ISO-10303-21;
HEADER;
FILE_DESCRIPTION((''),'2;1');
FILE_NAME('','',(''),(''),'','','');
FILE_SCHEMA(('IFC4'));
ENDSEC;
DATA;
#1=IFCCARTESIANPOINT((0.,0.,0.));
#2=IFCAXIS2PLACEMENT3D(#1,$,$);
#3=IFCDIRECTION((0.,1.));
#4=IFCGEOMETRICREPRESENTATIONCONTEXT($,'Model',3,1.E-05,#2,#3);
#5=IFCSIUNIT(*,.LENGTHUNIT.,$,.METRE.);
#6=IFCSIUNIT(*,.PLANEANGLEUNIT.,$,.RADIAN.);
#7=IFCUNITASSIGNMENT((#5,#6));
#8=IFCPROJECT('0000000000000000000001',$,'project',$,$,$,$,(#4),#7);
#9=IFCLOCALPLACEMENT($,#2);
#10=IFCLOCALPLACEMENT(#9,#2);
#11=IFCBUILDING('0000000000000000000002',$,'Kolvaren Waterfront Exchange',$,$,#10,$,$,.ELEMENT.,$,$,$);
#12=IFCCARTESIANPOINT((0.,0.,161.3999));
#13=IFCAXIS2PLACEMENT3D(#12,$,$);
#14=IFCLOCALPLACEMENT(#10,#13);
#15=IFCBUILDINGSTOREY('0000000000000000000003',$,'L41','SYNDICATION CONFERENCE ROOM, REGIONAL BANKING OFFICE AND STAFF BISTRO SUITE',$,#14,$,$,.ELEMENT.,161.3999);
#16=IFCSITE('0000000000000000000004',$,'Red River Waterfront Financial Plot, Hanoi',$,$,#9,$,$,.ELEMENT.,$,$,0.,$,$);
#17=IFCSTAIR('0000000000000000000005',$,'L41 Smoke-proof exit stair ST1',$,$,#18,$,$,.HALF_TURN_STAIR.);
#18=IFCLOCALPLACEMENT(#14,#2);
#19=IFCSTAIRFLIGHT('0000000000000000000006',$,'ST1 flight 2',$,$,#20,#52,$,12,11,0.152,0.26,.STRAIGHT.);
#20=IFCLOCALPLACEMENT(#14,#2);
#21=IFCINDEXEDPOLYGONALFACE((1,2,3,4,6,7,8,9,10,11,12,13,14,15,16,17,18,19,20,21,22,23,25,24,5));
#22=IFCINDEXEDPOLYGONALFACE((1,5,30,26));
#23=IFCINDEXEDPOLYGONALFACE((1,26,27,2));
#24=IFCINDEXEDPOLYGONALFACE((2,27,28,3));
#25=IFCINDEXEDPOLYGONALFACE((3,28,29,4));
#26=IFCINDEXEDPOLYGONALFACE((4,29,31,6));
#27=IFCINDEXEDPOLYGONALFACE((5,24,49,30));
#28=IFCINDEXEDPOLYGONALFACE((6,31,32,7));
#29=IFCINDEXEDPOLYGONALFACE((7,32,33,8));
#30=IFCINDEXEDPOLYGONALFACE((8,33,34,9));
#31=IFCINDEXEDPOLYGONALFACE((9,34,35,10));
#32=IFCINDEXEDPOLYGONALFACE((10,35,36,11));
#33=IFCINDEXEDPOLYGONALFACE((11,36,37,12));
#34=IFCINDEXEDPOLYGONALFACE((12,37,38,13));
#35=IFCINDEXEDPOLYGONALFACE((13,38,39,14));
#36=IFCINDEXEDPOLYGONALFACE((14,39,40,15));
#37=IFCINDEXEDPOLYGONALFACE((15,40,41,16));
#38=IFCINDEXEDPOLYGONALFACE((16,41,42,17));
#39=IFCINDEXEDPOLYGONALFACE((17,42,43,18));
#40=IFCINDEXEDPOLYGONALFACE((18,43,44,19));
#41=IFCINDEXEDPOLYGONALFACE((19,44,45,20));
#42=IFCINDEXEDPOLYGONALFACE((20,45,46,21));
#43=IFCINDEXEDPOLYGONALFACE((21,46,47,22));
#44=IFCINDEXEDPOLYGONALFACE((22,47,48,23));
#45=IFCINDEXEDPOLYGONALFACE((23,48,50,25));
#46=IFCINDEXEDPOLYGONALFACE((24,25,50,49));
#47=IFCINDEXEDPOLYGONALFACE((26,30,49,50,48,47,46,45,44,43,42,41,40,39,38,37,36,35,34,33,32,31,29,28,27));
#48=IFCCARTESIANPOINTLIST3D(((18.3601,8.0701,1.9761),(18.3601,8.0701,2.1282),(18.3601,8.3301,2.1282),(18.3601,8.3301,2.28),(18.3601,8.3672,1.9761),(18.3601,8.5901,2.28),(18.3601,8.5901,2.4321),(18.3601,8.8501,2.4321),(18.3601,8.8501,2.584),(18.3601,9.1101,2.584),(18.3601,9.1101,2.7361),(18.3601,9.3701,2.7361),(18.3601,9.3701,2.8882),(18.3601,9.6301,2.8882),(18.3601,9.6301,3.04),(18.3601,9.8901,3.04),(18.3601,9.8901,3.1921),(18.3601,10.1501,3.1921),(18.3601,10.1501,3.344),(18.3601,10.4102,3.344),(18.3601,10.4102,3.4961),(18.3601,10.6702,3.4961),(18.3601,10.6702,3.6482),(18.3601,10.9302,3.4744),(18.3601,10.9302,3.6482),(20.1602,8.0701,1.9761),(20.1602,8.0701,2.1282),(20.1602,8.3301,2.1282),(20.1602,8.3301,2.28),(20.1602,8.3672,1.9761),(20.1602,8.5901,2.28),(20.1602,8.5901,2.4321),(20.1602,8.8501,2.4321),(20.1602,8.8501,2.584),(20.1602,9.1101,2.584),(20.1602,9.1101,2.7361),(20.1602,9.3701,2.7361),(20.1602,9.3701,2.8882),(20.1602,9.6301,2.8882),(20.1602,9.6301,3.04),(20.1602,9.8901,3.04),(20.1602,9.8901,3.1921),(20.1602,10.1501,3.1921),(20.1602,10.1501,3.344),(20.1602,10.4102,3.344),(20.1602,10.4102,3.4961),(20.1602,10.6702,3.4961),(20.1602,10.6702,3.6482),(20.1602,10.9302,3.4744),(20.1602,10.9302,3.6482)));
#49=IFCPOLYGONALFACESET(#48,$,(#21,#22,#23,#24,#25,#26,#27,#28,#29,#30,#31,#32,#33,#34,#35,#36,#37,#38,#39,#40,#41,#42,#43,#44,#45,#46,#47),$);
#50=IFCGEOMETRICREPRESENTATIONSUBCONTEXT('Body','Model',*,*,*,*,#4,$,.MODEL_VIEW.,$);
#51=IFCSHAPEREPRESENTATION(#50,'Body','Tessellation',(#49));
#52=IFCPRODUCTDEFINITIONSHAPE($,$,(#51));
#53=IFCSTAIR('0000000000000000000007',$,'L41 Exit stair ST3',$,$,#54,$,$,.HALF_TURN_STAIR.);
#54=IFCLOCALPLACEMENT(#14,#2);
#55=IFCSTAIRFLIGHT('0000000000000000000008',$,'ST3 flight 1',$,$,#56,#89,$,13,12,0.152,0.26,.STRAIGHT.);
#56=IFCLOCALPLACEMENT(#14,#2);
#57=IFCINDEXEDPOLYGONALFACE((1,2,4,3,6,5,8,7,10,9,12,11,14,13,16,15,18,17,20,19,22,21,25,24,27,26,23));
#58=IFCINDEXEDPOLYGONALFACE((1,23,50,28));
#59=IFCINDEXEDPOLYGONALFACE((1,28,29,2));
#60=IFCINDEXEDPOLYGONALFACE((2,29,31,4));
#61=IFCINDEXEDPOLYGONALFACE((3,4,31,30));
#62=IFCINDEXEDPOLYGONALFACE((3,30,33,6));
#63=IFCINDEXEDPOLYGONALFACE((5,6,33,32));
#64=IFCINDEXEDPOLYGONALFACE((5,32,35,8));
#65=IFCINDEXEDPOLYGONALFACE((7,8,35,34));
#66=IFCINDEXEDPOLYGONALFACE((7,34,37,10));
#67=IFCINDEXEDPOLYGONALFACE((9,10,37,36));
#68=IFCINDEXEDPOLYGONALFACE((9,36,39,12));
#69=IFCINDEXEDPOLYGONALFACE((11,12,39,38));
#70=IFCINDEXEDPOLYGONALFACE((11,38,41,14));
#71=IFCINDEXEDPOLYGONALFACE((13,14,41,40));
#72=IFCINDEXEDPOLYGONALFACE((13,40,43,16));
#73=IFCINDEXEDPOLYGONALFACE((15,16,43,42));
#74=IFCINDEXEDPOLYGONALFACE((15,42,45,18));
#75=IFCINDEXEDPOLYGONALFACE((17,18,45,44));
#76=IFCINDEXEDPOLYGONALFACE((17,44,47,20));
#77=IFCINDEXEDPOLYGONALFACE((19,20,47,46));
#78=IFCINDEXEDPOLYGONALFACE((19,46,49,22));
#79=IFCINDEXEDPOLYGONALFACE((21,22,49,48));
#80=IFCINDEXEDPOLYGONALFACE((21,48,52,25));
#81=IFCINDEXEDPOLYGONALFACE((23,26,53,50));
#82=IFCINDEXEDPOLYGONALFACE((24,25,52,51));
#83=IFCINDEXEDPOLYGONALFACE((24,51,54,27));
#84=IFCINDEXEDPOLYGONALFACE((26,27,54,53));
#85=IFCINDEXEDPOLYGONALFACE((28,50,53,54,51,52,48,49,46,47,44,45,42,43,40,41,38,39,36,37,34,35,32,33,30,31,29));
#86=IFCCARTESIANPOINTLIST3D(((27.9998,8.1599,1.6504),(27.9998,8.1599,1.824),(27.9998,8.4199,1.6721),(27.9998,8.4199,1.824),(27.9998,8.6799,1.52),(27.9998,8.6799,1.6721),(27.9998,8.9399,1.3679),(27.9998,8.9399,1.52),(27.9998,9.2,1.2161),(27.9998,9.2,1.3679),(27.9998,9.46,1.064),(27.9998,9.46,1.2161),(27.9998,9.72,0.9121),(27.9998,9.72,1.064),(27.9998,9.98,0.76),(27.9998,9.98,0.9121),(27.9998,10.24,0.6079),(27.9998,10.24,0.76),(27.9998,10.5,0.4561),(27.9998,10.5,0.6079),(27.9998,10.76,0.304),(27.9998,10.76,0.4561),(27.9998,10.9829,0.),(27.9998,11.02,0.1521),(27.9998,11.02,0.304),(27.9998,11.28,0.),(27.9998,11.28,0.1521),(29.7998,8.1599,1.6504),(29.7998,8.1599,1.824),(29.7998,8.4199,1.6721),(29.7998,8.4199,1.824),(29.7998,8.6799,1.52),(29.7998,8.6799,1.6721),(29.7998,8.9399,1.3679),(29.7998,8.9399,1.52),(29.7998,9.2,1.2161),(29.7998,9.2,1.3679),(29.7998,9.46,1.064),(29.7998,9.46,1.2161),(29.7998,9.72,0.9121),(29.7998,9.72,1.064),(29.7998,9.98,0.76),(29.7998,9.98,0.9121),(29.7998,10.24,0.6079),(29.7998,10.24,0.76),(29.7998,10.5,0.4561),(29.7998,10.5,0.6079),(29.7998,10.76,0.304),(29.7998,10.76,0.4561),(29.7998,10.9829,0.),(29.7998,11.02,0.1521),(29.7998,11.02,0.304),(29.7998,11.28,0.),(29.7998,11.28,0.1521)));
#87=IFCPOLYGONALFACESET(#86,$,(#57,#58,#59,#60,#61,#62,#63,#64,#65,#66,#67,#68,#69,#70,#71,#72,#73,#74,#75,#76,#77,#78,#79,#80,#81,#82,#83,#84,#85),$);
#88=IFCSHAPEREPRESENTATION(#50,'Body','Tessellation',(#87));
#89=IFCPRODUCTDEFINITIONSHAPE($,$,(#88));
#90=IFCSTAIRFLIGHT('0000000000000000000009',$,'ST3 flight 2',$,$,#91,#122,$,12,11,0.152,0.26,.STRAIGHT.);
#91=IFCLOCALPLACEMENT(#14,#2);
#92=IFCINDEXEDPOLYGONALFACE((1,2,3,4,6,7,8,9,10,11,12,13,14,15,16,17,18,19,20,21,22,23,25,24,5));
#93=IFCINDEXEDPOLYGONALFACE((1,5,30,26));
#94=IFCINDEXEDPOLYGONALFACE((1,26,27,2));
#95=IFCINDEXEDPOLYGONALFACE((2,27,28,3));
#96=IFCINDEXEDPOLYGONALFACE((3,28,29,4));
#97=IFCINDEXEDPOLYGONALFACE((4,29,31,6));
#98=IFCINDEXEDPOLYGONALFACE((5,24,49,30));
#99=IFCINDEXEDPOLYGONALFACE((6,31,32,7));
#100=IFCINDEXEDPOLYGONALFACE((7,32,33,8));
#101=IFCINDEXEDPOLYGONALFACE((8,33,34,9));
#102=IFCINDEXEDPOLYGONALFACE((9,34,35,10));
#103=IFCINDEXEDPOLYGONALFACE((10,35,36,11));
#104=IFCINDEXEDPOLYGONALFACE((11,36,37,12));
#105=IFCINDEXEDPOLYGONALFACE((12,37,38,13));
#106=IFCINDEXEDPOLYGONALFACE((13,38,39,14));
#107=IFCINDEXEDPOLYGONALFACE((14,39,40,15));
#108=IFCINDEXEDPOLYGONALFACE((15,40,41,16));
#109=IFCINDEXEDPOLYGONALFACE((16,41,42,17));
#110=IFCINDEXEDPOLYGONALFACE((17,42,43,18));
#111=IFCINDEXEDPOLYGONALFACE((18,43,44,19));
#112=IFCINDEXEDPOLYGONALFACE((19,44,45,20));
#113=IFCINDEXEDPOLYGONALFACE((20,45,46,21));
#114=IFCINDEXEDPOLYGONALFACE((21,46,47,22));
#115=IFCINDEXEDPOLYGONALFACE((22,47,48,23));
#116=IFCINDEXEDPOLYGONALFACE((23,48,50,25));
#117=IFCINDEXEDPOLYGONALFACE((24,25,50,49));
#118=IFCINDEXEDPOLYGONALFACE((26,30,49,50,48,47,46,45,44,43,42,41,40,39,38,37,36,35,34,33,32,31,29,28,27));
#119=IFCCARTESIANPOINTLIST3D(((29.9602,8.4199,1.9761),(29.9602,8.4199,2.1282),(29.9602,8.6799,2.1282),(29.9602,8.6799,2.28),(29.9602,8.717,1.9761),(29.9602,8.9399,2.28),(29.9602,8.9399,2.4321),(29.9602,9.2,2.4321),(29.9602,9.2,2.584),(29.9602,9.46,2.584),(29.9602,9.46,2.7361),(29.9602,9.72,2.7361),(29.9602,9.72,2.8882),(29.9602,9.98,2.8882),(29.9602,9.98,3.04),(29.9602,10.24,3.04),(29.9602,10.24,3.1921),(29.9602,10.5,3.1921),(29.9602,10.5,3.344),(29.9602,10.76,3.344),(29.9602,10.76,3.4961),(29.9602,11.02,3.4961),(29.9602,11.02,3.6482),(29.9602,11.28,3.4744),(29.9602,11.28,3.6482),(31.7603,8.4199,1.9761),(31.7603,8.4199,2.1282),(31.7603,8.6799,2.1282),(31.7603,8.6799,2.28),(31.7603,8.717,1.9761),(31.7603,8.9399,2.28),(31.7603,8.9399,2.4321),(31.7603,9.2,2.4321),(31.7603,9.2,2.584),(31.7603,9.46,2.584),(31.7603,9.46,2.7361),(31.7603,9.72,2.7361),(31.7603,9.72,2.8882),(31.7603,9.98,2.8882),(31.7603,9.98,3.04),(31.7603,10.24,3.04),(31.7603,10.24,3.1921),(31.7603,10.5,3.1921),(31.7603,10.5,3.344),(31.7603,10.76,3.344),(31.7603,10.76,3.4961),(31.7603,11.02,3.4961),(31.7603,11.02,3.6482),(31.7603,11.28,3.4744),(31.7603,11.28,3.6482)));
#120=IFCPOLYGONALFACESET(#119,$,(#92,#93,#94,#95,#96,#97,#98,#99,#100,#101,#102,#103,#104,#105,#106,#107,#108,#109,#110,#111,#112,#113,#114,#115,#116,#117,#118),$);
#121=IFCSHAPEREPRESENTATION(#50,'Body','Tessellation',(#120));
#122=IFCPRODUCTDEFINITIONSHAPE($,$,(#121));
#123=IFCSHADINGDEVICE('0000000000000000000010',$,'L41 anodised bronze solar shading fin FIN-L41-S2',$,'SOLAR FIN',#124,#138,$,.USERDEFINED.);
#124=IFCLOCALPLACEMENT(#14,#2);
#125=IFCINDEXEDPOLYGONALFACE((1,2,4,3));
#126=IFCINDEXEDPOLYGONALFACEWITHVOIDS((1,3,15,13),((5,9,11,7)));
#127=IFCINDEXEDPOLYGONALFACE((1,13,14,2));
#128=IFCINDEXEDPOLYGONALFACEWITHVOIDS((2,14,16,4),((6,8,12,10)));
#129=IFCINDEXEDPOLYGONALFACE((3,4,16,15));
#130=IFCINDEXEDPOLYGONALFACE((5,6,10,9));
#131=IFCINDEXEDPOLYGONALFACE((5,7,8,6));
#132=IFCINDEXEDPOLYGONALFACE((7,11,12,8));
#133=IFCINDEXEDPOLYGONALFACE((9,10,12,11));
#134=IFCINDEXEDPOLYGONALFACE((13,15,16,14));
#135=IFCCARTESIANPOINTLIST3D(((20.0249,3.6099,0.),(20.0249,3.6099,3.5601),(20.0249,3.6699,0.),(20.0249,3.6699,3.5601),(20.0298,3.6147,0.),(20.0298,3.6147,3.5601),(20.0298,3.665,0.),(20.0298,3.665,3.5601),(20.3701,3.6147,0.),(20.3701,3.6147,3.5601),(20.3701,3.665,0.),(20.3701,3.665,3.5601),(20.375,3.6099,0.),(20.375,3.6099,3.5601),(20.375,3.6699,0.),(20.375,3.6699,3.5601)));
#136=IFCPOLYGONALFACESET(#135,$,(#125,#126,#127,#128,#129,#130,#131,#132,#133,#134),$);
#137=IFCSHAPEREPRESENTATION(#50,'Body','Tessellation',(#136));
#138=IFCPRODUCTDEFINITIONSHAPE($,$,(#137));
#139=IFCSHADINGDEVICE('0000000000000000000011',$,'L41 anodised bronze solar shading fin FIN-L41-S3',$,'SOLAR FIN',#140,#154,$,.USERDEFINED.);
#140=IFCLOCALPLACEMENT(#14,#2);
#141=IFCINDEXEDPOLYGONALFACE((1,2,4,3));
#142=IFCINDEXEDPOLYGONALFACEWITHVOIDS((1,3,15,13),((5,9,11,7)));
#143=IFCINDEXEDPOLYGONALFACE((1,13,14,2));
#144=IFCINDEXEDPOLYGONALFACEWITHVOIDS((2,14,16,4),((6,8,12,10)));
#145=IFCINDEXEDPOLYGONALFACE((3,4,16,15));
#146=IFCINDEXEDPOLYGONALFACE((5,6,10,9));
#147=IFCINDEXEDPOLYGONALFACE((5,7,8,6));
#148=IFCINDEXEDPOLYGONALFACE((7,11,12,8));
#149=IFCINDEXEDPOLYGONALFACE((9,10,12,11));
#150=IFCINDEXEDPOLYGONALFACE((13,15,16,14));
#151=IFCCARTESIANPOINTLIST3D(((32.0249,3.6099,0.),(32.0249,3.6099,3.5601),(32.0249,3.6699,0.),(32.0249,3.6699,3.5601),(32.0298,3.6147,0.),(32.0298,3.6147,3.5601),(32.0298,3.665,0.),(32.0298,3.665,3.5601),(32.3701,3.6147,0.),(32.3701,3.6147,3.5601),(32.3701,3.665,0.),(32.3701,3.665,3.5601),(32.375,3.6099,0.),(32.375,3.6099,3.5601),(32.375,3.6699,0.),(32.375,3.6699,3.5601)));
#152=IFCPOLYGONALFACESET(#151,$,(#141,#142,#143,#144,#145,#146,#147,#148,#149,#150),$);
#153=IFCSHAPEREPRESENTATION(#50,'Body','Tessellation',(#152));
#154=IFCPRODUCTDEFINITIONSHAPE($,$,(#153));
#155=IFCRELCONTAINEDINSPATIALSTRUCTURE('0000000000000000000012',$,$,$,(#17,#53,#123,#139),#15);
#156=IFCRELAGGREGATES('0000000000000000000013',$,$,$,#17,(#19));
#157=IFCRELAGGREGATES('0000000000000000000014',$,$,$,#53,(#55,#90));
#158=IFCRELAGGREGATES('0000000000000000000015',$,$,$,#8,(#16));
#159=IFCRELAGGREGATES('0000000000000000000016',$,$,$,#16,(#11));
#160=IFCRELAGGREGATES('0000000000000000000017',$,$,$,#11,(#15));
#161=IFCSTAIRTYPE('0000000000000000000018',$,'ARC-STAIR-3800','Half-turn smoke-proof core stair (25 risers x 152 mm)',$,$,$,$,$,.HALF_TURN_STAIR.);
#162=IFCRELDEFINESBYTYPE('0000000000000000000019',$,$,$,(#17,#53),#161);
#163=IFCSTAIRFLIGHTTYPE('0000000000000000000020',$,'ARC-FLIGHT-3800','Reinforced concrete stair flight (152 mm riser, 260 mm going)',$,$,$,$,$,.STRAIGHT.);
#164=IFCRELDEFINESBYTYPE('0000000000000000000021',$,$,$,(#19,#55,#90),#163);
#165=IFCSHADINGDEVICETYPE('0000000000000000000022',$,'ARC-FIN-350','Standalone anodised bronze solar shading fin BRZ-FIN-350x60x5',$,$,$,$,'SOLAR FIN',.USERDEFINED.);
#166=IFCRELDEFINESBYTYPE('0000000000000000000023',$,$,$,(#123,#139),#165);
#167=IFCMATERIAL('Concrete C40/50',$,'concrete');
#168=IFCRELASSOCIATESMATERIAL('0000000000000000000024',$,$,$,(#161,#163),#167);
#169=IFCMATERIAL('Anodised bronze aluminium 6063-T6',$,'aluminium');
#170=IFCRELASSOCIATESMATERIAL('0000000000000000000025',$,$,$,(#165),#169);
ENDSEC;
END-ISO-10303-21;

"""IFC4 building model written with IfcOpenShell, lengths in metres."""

from ifc_helpers import new_model, si_unit, direction, frame, origin, origin_2d, place, context, subcontext, project, spatial, polyline, hollow_rectangle, outline, extrude, material, material_profile, profile_set, type_object, element, aggregate, save


model = new_model("IFC4")

# Units and contexts
model_context = context("Model", 3, precision=1e-05, world=origin(), true_north=direction((0.0, 1.0)))
body_context = subcontext(model_context, "Body", "Model", "MODEL_VIEW")
ifc_project = project(units=[si_unit("LENGTHUNIT", "METRE"), si_unit("PLANEANGLEUNIT", "RADIAN")], contexts=[model_context])

# Site, building, storey
site_placement = place(None, origin())
site = spatial("IfcSite", under=ifc_project, at=site_placement, Name="Red River Waterfront Financial Plot, Hanoi", CompositionType="ELEMENT", RefElevation=0.0)
building_placement = place(site_placement, origin())
building = spatial("IfcBuilding", under=site, at=building_placement, Name="Kolvaren Waterfront Exchange", CompositionType="ELEMENT")
storey_placement = place(building_placement, frame((0.0, 0.0, 161.3999)))
storey = spatial("IfcBuildingStorey", under=building, at=storey_placement, Name="L41", Description="SYNDICATION CONFERENCE ROOM, REGIONAL BANKING OFFICE AND STAFF BISTRO SUITE", CompositionType="ELEMENT", Elevation=161.3999)

# Shared definitions
ifc_material_1 = material(Name="Anodised bronze aluminium 6063-T6", Category="aluminium")

# Shared definitions
ifc_material_2 = material(Name="Concrete C40/50", Category="concrete")

# Stair, stair flight
stair_type = type_object("IfcStairType", Name="ARC-STAIR-3800", Description="Half-turn smoke-proof core stair (25 risers x 152 mm)", PredefinedType="HALF_TURN_STAIR", material=ifc_material_2)
stair_1_placement = place(storey_placement, origin())
stair_1 = element("IfcStair", 1, at=stair_1_placement, inside=storey, type_object=stair_type, Name="L41 Smoke-proof exit stair ST1", PredefinedType="HALF_TURN_STAIR")
stair_flight_type = type_object("IfcStairFlightType", Name="ARC-FLIGHT-3800", Description="Reinforced concrete stair flight (152 mm riser, 260 mm going)", PredefinedType="STRAIGHT", material=ifc_material_2)
stair_flight_1_placement = place(storey_placement, frame((19.26, 8.0701, 1.9761), z_axis=(0.0, 0.0, 1.0), x_axis=(0.0, 1.0, 0.0)))
stair_flight_1 = element("IfcStairFlight", 2, at=stair_flight_1_placement, type_object=stair_flight_type, Name="ST1 flight 2", NumberOfRisers=12, NumberOfTreads=11, PredefinedType="STRAIGHT", RiserHeight=0.152, TreadLength=0.26, context=body_context, shape_type="SweptSolid", body=[
    extrude(outline(polyline([(0.0, 0.0), (0.0, 0.1521), (0.26, 0.1521), (0.26, 0.304), (0.52, 0.304), (0.52, 0.4561), (0.78, 0.4561), (0.78, 0.6079), (1.04, 0.6079), (1.04, 0.76), (1.3, 0.76), (1.3, 0.9121), (1.5601, 0.9121), (1.5601, 1.064), (1.8201, 1.064), (1.8201, 1.2161), (2.0801, 1.2161), (2.0801, 1.3679), (2.3401, 1.3679), (2.3401, 1.52), (2.6001, 1.52), (2.6001, 1.6721), (2.8601, 1.6721), (2.8601, 1.824), (2.8601, 1.4983), (0.2971, 0.0), (0.0, 0.0)])), frame((0.0, 0.8999, 0.0), z_axis=(0.0, -1.0, 0.0), x_axis=(1.0, 0.0, 0.0)), (0.0, 0.0, 1.0), 1.8),
])
aggregate(stair_1, [stair_flight_1])

# Stair, stair flights
stair_2_placement = place(storey_placement, origin())
stair_2 = element("IfcStair", 3, at=stair_2_placement, inside=storey, type_object=stair_type, Name="L41 Exit stair ST3", PredefinedType="HALF_TURN_STAIR")
stair_flight_2_placement = place(storey_placement, frame((28.8999, 11.28, 0.0), z_axis=(0.0, 0.0, 1.0), x_axis=(0.0, -1.0, 0.0)))
stair_flight_2 = element("IfcStairFlight", 4, at=stair_flight_2_placement, type_object=stair_flight_type, Name="ST3 flight 1", NumberOfRisers=13, NumberOfTreads=12, PredefinedType="STRAIGHT", RiserHeight=0.152, TreadLength=0.26, context=body_context, shape_type="SweptSolid", body=[
    extrude(outline(polyline([(0.0, 0.0), (0.0, 0.1521), (0.26, 0.1521), (0.26, 0.304), (0.52, 0.304), (0.52, 0.4561), (0.78, 0.4561), (0.78, 0.6079), (1.04, 0.6079), (1.04, 0.76), (1.3, 0.76), (1.3, 0.9121), (1.5601, 0.9121), (1.5601, 1.064), (1.8201, 1.064), (1.8201, 1.2161), (2.0801, 1.2161), (2.0801, 1.3679), (2.3401, 1.3679), (2.3401, 1.52), (2.6001, 1.52), (2.6001, 1.6721), (2.8601, 1.6721), (2.8601, 1.824), (3.1201, 1.824), (3.1201, 1.9761), (3.1201, 1.6504), (0.2971, 0.0), (0.0, 0.0)])), frame((0.0, 0.8999, 0.0), z_axis=(0.0, -1.0, 0.0), x_axis=(1.0, 0.0, 0.0)), (0.0, 0.0, 1.0), 1.8),
])
stair_flight_3_placement = place(storey_placement, frame((30.8601, 8.4199, 1.9761), z_axis=(0.0, 0.0, 1.0), x_axis=(0.0, 1.0, 0.0)))
stair_flight_3 = element("IfcStairFlight", 5, at=stair_flight_3_placement, type_object=stair_flight_type, Name="ST3 flight 2", NumberOfRisers=12, NumberOfTreads=11, PredefinedType="STRAIGHT", RiserHeight=0.152, TreadLength=0.26, context=body_context, shape_type="SweptSolid", body=[
    extrude(outline(polyline([(0.0, 0.0), (0.0, 0.1521), (0.26, 0.1521), (0.26, 0.304), (0.52, 0.304), (0.52, 0.4561), (0.78, 0.4561), (0.78, 0.6079), (1.04, 0.6079), (1.04, 0.76), (1.3, 0.76), (1.3, 0.9121), (1.5601, 0.9121), (1.5601, 1.064), (1.8201, 1.064), (1.8201, 1.2161), (2.0801, 1.2161), (2.0801, 1.3679), (2.3401, 1.3679), (2.3401, 1.52), (2.6001, 1.52), (2.6001, 1.6721), (2.8601, 1.6721), (2.8601, 1.824), (2.8601, 1.4983), (0.2971, 0.0), (0.0, 0.0)])), frame((0.0, 0.8999, 0.0), z_axis=(0.0, -1.0, 0.0), x_axis=(1.0, 0.0, 0.0)), (0.0, 0.0, 1.0), 1.8),
])
aggregate(stair_2, [stair_flight_2, stair_flight_3])

# Shading devices
ifc_material_profile_1 = material_profile(ifc_material_1, hollow_rectangle(XDim=0.0601, YDim=0.3501, WallThickness=0.0049, at=origin_2d()), Name="BRZ-FIN-350x60x5")
ifc_profile_set_1 = profile_set([ifc_material_profile_1], Name="Anodised bronze aluminium 6063-T6")
shading_device_type = type_object("IfcShadingDeviceType", Name="ARC-FIN-350", Description="Standalone anodised bronze solar shading fin BRZ-FIN-350x60x5", ElementType="SOLAR FIN", PredefinedType="USERDEFINED", material=ifc_profile_set_1)
for number, where, z_axis, x_axis, name in (
    (6, (20.2, 3.6399, 0.0), (0.0, 0.0, 1.0), (0.0, -1.0, 0.0), "L41 anodised bronze solar shading fin FIN-L41-S2"),
    (7, (32.2, 3.6399, 0.0), (0.0, 0.0, 1.0), (0.0, -1.0, 0.0), "L41 anodised bronze solar shading fin FIN-L41-S3"),
):
    element("IfcShadingDevice", number, at=place(storey_placement, frame(where, z_axis=z_axis, x_axis=x_axis)), inside=storey, type_object=shading_device_type, Name=name, ObjectType="SOLAR FIN", PredefinedType="USERDEFINED", context=body_context, shape_type="SweptSolid", body=[
        extrude(hollow_rectangle(XDim=0.0601, YDim=0.3501, WallThickness=0.0049, at=origin_2d()), origin(), (0.0, 0.0, 1.0), 3.5601),
    ])

save(model, "model.ifc")
